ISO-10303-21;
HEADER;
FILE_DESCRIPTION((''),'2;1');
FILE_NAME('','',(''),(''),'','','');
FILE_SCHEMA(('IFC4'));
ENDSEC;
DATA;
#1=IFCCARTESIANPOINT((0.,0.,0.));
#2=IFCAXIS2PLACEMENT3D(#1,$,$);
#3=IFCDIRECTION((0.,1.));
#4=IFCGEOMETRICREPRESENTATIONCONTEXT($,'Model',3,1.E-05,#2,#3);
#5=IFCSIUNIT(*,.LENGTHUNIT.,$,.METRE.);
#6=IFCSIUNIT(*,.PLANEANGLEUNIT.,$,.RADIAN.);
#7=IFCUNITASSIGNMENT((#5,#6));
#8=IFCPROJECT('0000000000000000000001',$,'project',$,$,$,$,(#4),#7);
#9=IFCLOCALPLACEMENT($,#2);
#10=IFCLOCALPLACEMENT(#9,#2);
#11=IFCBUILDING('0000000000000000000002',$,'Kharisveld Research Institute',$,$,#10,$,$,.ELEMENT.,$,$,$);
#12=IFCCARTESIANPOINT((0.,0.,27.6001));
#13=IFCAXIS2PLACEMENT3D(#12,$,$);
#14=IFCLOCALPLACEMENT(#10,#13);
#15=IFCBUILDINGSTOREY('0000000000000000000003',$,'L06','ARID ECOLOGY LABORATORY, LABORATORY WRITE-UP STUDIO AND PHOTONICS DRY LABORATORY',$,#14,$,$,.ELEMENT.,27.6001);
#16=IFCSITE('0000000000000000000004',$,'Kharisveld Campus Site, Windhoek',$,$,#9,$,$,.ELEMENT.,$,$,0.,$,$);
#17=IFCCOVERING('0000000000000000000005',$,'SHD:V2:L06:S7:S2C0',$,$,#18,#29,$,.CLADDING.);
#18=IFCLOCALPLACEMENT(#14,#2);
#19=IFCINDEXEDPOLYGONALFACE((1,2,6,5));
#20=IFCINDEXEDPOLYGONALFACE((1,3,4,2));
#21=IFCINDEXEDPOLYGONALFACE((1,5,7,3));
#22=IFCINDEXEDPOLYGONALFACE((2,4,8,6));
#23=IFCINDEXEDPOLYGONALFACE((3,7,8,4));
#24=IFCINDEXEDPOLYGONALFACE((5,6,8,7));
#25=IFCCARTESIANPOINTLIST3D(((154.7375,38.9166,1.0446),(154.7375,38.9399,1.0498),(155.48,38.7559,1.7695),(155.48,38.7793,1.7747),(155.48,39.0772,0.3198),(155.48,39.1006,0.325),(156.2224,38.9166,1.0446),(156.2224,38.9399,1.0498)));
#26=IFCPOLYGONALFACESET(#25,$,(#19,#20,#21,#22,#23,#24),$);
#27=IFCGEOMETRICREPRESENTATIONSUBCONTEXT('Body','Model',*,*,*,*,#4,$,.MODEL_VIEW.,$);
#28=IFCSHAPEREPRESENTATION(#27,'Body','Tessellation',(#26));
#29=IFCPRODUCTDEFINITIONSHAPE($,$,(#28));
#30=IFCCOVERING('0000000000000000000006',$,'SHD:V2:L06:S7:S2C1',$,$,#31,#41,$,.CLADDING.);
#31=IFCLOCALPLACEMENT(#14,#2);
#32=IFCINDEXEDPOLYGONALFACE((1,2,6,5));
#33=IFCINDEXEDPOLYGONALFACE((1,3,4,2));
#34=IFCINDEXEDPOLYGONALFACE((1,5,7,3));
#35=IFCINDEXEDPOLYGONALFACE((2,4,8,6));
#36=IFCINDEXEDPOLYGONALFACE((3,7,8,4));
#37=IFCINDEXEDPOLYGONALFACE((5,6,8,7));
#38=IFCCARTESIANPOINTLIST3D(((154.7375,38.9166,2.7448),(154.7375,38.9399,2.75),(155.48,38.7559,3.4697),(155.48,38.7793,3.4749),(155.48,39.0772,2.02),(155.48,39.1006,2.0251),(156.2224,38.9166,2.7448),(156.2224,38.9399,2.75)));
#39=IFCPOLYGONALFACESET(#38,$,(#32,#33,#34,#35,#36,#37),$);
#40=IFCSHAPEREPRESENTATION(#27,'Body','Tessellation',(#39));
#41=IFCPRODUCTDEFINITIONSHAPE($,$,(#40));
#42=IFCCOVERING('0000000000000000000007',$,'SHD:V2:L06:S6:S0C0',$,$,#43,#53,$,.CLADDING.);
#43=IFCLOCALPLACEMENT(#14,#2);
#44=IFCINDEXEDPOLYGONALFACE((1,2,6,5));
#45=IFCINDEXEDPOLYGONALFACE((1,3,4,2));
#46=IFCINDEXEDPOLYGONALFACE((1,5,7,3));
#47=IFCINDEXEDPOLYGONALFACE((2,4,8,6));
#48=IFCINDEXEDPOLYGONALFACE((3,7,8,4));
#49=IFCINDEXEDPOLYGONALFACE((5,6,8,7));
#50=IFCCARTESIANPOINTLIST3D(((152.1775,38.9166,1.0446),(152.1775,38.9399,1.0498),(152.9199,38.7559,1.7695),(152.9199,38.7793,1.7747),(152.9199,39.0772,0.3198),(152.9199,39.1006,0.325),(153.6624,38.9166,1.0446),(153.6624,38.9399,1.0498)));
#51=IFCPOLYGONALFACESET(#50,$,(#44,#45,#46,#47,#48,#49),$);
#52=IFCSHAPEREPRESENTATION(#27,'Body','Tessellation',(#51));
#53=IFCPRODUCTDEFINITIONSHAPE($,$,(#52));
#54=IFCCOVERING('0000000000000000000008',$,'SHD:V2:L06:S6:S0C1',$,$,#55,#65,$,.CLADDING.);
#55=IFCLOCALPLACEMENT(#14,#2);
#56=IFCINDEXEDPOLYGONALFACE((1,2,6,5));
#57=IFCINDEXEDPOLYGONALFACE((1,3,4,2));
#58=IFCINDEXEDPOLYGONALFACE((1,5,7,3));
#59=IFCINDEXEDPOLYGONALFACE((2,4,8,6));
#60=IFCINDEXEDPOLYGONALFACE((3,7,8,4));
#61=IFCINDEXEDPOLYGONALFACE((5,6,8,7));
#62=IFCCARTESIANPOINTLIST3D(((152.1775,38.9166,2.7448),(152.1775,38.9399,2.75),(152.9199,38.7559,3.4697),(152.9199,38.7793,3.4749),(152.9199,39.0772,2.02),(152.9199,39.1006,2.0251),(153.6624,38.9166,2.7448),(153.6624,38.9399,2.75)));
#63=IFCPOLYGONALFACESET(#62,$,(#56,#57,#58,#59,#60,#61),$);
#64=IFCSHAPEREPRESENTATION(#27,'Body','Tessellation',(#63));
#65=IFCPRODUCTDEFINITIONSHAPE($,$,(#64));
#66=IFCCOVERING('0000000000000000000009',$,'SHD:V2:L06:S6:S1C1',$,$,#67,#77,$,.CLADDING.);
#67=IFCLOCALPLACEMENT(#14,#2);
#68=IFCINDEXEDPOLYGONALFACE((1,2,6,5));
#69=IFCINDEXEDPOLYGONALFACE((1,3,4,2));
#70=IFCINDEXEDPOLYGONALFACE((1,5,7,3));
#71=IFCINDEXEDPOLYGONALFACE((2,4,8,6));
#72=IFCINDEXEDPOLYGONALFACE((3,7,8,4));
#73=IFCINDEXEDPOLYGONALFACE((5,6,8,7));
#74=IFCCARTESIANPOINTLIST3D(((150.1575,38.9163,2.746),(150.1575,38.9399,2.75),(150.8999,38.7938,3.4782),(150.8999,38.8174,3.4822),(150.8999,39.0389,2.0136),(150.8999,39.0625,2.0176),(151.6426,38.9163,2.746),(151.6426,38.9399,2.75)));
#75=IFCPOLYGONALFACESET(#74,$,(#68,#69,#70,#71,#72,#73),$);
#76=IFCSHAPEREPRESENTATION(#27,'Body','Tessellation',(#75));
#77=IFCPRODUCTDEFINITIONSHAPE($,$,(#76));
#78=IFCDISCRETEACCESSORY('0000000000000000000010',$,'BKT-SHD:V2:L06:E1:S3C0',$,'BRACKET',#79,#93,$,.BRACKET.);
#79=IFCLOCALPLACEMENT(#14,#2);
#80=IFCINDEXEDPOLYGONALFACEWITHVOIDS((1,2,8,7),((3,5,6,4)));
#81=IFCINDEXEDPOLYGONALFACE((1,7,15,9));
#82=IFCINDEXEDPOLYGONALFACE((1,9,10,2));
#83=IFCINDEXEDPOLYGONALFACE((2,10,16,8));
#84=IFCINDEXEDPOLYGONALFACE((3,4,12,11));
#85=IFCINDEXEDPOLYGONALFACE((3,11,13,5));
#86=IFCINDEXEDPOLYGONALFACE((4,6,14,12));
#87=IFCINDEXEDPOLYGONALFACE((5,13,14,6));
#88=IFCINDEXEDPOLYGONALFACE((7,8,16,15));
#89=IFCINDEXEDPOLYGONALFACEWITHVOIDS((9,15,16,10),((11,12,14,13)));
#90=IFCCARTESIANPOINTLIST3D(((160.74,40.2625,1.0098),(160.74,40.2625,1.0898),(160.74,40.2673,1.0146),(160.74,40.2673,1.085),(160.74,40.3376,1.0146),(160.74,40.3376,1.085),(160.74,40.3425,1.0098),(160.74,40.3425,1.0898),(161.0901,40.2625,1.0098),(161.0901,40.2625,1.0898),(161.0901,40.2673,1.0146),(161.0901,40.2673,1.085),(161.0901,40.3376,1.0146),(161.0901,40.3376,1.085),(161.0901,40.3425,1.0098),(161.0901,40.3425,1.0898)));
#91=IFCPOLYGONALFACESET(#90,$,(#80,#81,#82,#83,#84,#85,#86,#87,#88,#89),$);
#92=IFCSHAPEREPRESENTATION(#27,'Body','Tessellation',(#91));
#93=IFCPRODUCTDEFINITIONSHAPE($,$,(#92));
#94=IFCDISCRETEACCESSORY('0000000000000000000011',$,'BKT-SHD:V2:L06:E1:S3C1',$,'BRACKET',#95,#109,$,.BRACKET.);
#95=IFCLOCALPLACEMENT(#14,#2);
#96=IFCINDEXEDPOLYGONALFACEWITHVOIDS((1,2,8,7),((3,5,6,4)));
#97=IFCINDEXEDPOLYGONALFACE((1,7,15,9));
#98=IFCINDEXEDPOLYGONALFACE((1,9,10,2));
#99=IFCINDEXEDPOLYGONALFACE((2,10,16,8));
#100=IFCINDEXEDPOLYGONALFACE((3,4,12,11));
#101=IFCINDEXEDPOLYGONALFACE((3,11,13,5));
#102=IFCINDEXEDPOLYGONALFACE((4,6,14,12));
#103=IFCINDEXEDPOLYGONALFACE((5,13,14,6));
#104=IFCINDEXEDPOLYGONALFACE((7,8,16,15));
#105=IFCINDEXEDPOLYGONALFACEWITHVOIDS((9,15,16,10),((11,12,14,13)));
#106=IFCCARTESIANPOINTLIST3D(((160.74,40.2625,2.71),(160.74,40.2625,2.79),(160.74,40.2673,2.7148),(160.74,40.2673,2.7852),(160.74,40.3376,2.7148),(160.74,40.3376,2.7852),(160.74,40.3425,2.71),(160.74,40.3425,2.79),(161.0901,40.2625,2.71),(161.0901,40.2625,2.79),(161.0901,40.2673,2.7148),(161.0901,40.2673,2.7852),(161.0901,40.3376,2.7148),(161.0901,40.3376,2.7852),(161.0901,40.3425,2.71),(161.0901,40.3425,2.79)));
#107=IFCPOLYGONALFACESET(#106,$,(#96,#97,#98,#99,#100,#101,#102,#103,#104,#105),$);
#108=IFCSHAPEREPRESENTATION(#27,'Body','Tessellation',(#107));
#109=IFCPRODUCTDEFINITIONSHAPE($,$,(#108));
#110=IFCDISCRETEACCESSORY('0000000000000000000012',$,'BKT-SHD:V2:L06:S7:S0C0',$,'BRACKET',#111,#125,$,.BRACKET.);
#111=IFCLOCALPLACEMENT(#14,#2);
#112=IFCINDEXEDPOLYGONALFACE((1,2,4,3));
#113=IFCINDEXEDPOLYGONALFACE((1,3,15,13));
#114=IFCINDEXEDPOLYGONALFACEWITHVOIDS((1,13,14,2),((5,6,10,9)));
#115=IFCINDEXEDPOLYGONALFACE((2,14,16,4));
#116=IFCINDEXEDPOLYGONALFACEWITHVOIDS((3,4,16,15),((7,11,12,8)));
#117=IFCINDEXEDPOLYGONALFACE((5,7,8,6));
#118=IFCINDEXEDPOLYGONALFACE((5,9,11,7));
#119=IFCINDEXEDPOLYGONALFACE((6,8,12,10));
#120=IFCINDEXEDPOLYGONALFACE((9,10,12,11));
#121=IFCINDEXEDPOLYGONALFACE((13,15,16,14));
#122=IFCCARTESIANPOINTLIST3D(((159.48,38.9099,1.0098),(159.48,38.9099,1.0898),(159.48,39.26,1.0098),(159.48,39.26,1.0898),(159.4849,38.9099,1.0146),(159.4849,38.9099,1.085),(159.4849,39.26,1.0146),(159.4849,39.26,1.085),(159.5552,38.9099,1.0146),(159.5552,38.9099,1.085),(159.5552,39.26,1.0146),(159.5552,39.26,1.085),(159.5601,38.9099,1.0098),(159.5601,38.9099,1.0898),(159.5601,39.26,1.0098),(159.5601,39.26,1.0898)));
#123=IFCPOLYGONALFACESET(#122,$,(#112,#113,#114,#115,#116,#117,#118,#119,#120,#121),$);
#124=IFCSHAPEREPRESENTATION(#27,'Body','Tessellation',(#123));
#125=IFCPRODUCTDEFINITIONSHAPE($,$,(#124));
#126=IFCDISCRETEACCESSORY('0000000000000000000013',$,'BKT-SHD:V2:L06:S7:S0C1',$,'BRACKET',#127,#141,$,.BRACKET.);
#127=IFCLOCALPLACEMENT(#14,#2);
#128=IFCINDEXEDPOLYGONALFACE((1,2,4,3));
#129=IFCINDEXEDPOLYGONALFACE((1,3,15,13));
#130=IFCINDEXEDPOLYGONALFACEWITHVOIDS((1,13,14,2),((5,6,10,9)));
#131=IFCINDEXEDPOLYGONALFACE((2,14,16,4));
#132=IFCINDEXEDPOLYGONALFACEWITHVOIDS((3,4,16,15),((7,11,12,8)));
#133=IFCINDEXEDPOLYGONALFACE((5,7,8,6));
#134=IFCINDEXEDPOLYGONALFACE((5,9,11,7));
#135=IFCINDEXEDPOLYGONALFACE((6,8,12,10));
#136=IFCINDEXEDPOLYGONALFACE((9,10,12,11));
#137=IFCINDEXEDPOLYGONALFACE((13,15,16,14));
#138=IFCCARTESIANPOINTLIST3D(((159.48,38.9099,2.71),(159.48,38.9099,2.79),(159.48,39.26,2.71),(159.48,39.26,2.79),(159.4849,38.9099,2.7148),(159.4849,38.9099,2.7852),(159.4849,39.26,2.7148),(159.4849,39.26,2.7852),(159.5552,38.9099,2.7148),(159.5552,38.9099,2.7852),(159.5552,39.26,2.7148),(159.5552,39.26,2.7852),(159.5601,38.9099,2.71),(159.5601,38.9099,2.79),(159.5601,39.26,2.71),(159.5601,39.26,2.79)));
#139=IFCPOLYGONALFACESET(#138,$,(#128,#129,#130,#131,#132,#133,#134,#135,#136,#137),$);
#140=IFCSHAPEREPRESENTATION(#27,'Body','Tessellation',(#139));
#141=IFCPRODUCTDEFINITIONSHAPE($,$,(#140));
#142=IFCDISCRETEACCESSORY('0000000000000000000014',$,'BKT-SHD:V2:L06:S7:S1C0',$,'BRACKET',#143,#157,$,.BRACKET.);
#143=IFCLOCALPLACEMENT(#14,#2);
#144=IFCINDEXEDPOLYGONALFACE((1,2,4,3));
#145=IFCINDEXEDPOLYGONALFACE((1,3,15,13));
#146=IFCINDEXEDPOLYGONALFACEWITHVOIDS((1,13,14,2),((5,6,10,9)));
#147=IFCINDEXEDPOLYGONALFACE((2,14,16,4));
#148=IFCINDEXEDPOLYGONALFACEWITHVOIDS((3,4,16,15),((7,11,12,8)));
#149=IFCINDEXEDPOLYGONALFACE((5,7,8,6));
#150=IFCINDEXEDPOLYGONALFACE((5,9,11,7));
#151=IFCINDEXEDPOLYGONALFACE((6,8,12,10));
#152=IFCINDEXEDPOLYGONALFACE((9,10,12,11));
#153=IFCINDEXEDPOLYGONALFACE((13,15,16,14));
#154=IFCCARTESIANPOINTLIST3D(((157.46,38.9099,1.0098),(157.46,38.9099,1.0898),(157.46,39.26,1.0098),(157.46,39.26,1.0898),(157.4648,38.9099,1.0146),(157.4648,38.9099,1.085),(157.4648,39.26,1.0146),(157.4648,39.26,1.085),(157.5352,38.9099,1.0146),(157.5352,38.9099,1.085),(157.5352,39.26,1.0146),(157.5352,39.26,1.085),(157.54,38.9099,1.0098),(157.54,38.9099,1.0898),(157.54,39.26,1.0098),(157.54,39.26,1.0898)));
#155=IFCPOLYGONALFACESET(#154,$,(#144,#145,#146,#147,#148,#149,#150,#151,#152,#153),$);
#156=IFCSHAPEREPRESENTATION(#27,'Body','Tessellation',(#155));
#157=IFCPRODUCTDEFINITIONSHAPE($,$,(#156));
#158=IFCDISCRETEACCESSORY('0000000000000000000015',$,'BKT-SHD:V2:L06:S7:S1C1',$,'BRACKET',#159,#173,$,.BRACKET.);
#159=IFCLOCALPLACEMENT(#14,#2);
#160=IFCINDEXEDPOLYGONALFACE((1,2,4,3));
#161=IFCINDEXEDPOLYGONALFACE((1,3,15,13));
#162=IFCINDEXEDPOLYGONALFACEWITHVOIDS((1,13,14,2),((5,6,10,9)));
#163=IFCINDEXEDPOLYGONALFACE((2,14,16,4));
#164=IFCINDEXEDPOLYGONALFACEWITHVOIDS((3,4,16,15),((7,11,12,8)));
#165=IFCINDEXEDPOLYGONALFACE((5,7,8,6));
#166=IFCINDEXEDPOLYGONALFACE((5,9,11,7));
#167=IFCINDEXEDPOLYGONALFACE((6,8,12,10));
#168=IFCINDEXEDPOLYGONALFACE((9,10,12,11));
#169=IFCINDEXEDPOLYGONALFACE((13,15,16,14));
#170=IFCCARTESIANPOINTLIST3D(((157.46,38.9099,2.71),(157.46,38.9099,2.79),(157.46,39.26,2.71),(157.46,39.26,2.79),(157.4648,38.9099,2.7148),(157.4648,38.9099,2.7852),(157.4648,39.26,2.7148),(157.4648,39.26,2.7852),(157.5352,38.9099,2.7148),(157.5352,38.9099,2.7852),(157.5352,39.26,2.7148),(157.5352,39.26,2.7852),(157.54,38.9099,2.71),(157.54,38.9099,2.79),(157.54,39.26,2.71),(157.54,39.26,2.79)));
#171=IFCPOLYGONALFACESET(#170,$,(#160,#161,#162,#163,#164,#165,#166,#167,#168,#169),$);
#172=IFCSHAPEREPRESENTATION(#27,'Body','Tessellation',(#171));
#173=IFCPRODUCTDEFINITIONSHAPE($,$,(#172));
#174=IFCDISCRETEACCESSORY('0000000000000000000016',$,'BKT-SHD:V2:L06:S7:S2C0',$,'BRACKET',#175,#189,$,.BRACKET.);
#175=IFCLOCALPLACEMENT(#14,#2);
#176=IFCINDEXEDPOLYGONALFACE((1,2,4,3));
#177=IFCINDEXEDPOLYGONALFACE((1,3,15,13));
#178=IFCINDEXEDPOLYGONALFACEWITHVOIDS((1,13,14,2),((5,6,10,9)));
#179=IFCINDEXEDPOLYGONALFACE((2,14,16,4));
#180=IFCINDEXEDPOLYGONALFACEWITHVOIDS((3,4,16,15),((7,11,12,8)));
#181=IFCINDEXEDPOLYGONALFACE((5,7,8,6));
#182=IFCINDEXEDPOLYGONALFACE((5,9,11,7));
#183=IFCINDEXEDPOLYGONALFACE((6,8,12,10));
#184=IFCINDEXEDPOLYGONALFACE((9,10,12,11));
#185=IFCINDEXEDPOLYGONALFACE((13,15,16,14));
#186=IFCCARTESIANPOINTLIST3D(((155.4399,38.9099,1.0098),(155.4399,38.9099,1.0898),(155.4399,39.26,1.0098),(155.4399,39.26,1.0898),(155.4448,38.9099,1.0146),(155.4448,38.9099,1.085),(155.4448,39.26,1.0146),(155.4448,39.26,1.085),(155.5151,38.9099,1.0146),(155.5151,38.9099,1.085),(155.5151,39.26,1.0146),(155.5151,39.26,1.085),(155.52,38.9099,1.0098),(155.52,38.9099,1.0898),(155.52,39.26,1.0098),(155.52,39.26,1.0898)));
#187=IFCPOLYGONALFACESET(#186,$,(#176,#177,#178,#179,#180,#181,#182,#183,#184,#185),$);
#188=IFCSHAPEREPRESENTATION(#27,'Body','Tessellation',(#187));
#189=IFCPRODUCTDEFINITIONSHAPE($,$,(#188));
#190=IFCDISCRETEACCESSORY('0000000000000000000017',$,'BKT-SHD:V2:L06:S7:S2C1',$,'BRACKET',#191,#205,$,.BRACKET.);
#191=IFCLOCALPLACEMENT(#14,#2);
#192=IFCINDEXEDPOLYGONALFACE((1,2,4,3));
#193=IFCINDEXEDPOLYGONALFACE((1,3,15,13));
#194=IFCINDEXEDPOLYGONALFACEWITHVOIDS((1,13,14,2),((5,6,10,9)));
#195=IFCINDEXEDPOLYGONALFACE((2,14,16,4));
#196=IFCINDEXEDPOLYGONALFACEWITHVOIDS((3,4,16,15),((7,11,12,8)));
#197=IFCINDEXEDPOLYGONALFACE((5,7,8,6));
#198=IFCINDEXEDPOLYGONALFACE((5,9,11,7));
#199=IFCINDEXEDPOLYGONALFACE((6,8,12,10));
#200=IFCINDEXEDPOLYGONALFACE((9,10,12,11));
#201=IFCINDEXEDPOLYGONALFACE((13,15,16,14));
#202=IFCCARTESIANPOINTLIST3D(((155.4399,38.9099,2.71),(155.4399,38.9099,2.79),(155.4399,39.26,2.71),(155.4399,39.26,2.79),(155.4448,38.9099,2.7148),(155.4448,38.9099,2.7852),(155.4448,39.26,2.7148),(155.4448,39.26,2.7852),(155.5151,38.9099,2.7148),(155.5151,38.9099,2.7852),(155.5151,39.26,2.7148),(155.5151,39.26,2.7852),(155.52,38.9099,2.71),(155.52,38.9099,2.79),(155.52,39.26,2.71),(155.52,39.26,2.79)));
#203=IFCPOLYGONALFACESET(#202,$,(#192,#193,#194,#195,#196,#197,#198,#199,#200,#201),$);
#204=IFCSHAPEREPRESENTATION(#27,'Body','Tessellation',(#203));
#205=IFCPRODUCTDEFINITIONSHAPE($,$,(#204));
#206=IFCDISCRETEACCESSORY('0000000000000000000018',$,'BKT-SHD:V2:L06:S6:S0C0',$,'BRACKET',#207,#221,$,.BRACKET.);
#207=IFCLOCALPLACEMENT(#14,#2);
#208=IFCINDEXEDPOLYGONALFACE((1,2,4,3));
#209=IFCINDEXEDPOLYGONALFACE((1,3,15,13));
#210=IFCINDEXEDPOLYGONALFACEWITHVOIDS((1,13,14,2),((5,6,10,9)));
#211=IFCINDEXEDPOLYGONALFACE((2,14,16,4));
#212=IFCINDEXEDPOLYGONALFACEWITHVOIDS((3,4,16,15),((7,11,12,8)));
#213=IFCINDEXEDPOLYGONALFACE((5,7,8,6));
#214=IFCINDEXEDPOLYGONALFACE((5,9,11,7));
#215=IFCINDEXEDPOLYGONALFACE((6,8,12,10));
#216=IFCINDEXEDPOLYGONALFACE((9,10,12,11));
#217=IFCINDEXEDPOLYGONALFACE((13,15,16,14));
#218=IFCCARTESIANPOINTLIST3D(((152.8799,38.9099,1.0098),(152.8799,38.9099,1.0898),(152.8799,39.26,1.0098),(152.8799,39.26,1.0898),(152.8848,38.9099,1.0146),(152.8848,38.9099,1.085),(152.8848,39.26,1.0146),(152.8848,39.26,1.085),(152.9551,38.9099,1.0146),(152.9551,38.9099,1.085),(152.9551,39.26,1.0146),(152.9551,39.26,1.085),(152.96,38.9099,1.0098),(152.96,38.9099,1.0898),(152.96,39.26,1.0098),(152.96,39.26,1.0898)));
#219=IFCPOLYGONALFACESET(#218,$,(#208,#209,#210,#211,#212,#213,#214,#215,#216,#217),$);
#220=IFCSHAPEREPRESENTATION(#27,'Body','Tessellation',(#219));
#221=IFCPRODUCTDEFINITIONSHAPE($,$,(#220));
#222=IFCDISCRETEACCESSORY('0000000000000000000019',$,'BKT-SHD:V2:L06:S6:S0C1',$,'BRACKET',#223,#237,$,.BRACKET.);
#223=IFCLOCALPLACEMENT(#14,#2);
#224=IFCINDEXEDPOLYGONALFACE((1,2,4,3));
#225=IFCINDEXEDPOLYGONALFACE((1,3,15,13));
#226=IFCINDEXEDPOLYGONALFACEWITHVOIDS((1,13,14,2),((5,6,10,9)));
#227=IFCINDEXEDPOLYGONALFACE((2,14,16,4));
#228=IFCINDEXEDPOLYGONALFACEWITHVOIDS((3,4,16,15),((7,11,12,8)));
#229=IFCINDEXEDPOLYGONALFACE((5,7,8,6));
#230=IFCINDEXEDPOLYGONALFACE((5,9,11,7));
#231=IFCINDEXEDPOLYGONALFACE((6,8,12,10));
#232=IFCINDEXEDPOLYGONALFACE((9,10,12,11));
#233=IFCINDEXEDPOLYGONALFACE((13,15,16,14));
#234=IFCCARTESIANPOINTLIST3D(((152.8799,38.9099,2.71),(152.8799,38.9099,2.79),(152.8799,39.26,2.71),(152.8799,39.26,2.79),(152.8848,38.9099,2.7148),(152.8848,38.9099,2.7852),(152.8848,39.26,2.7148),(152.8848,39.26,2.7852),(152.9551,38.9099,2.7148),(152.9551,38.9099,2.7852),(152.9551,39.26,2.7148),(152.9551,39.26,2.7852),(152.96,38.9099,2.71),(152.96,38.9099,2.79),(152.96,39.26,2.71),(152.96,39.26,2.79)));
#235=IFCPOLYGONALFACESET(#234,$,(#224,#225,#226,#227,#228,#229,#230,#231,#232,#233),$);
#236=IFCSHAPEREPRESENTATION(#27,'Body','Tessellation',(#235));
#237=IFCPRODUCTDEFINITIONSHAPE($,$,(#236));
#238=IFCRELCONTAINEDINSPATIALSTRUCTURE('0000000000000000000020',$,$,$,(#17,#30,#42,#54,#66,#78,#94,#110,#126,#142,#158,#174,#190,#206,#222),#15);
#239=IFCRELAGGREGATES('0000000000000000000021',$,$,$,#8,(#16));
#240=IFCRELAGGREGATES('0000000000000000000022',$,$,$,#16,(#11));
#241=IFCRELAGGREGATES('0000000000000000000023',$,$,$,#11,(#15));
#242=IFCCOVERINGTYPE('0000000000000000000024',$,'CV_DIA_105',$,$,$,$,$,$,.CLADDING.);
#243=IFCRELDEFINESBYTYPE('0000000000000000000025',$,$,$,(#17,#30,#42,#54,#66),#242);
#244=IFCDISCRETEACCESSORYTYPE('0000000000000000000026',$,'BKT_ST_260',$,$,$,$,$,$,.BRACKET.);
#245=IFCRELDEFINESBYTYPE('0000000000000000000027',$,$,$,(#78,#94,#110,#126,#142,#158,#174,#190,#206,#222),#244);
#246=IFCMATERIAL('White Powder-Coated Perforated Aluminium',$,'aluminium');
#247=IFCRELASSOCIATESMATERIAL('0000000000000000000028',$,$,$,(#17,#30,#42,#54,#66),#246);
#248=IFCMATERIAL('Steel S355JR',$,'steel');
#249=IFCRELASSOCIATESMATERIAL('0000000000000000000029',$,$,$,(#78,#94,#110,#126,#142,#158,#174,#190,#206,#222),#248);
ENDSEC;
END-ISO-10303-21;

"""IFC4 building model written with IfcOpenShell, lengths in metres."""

from ifc_helpers import new_model, si_unit, direction, frame, origin, origin_2d, place, context, subcontext, project, spatial, polyline, hollow_rectangle, outline, extrude, material, type_object, element, save


model = new_model("IFC4")

# Units and contexts
model_context = context("Model", 3, precision=1e-05, world=origin(), true_north=direction((0.0, 1.0)))
body_context = subcontext(model_context, "Body", "Model", "MODEL_VIEW")
ifc_project = project(units=[si_unit("LENGTHUNIT", "METRE"), si_unit("PLANEANGLEUNIT", "RADIAN")], contexts=[model_context])

# Site, building, storey
site_placement = place(None, origin())
site = spatial("IfcSite", under=ifc_project, at=site_placement, Name="Kharisveld Campus Site, Windhoek", CompositionType="ELEMENT", RefElevation=0.0)
building_placement = place(site_placement, origin())
building = spatial("IfcBuilding", under=site, at=building_placement, Name="Kharisveld Research Institute", CompositionType="ELEMENT")
storey_placement = place(building_placement, frame((0.0, 0.0, 27.6001)))
storey = spatial("IfcBuildingStorey", under=building, at=storey_placement, Name="L06", Description="ARID ECOLOGY LABORATORY, LABORATORY WRITE-UP STUDIO AND PHOTONICS DRY LABORATORY", CompositionType="ELEMENT", Elevation=27.6001)

# Coverings
ifc_material_1 = material(Name="White Powder-Coated Perforated Aluminium", Category="aluminium")
covering_type = type_object("IfcCoveringType", Name="CV_DIA_105", PredefinedType="CLADDING")
for number, where, z_axis, x_axis, name in (
    (1, (155.48, 39.1006, 0.325), (0.0, 0.976311, 0.216373), (-0.707102, -0.153, 0.69036), "SHD:V2:L06:S7:S2C0"),
    (2, (155.48, 39.1006, 2.0251), (0.0, 0.976311, 0.216373), (-0.707102, -0.153, 0.69036), "SHD:V2:L06:S7:S2C1"),
    (3, (152.9199, 39.1006, 0.325), (0.0, 0.976311, 0.216373), (-0.707102, -0.153, 0.69036), "SHD:V2:L06:S6:S0C0"),
    (4, (152.9199, 39.1006, 2.0251), (0.0, 0.976311, 0.216373), (-0.707102, -0.153, 0.69036), "SHD:V2:L06:S6:S0C1"),
):
    element("IfcCovering", number, at=place(storey_placement, frame(where, z_axis=z_axis, x_axis=x_axis)), inside=storey, type_object=covering_type, material=ifc_material_1, Name=name, PredefinedType="CLADDING", context=body_context, shape_type="SweptSolid", body=[
        extrude(outline(polyline([(0.0, 0.0), (1.05, 0.0), (1.05, 1.05), (0.0, 1.05), (0.0, 0.0)])), origin(), (0.0, 0.0, -1.0), 0.0239),
    ])
covering_1_placement = place(storey_placement, frame((150.8999, 39.0625, 2.0176), z_axis=(0.0, 0.986283, 0.165065), x_axis=(-0.707024, -0.116733, 0.697489)))
element("IfcCovering", 5, at=covering_1_placement, inside=storey, type_object=covering_type, material=ifc_material_1, Name="SHD:V2:L06:S6:S1C1", PredefinedType="CLADDING", context=body_context, shape_type="SweptSolid", body=[
    extrude(outline(polyline([(0.0, 0.0), (1.0501, 0.0), (1.0502, 1.0499), (0.0001, 1.0503), (0.0, 0.0)])), origin(), (0.0, 0.0, -1.0), 0.0239),
])

# Discrete accessories
ifc_material_2 = material(Name="Steel S355JR", Category="steel")
discrete_accessory_type = type_object("IfcDiscreteAccessoryType", Name="BKT_ST_260", PredefinedType="BRACKET")
for number, where, z_axis, x_axis, name in (
    (6, (160.74, 40.3025, 1.0498), (1.0, 0.0, 0.0), (0.0, 1.0, 0.0), "BKT-SHD:V2:L06:E1:S3C0"),
    (7, (160.74, 40.3025, 2.75), (1.0, 0.0, 0.0), (0.0, 1.0, 0.0), "BKT-SHD:V2:L06:E1:S3C1"),
    (8, (159.52, 39.26, 1.0498), (0.0, -1.0, 0.0), (1.0, 0.0, 0.0), "BKT-SHD:V2:L06:S7:S0C0"),
    (9, (159.52, 39.26, 2.75), (0.0, -1.0, 0.0), (1.0, 0.0, 0.0), "BKT-SHD:V2:L06:S7:S0C1"),
    (10, (157.5, 39.26, 1.0498), (0.0, -1.0, 0.0), (1.0, 0.0, 0.0), "BKT-SHD:V2:L06:S7:S1C0"),
    (11, (157.5, 39.26, 2.75), (0.0, -1.0, 0.0), (1.0, 0.0, 0.0), "BKT-SHD:V2:L06:S7:S1C1"),
    (12, (155.48, 39.26, 1.0498), (0.0, -1.0, 0.0), (1.0, 0.0, 0.0), "BKT-SHD:V2:L06:S7:S2C0"),
    (13, (155.48, 39.26, 2.75), (0.0, -1.0, 0.0), (1.0, 0.0, 0.0), "BKT-SHD:V2:L06:S7:S2C1"),
    (14, (152.9199, 39.26, 1.0498), (0.0, -1.0, 0.0), (1.0, 0.0, 0.0), "BKT-SHD:V2:L06:S6:S0C0"),
    (15, (152.9199, 39.26, 2.75), (0.0, -1.0, 0.0), (1.0, 0.0, 0.0), "BKT-SHD:V2:L06:S6:S0C1"),
):
    element("IfcDiscreteAccessory", number, at=place(storey_placement, frame(where, z_axis=z_axis, x_axis=x_axis)), inside=storey, type_object=discrete_accessory_type, material=ifc_material_2, Name=name, ObjectType="BRACKET", PredefinedType="BRACKET", context=body_context, shape_type="SweptSolid", body=[
        extrude(hollow_rectangle(XDim=0.0801, YDim=0.0801, WallThickness=0.0049, at=origin_2d()), origin(), (0.0, 0.0, 1.0), 0.3501),
    ])

save(model, "model.ifc")
